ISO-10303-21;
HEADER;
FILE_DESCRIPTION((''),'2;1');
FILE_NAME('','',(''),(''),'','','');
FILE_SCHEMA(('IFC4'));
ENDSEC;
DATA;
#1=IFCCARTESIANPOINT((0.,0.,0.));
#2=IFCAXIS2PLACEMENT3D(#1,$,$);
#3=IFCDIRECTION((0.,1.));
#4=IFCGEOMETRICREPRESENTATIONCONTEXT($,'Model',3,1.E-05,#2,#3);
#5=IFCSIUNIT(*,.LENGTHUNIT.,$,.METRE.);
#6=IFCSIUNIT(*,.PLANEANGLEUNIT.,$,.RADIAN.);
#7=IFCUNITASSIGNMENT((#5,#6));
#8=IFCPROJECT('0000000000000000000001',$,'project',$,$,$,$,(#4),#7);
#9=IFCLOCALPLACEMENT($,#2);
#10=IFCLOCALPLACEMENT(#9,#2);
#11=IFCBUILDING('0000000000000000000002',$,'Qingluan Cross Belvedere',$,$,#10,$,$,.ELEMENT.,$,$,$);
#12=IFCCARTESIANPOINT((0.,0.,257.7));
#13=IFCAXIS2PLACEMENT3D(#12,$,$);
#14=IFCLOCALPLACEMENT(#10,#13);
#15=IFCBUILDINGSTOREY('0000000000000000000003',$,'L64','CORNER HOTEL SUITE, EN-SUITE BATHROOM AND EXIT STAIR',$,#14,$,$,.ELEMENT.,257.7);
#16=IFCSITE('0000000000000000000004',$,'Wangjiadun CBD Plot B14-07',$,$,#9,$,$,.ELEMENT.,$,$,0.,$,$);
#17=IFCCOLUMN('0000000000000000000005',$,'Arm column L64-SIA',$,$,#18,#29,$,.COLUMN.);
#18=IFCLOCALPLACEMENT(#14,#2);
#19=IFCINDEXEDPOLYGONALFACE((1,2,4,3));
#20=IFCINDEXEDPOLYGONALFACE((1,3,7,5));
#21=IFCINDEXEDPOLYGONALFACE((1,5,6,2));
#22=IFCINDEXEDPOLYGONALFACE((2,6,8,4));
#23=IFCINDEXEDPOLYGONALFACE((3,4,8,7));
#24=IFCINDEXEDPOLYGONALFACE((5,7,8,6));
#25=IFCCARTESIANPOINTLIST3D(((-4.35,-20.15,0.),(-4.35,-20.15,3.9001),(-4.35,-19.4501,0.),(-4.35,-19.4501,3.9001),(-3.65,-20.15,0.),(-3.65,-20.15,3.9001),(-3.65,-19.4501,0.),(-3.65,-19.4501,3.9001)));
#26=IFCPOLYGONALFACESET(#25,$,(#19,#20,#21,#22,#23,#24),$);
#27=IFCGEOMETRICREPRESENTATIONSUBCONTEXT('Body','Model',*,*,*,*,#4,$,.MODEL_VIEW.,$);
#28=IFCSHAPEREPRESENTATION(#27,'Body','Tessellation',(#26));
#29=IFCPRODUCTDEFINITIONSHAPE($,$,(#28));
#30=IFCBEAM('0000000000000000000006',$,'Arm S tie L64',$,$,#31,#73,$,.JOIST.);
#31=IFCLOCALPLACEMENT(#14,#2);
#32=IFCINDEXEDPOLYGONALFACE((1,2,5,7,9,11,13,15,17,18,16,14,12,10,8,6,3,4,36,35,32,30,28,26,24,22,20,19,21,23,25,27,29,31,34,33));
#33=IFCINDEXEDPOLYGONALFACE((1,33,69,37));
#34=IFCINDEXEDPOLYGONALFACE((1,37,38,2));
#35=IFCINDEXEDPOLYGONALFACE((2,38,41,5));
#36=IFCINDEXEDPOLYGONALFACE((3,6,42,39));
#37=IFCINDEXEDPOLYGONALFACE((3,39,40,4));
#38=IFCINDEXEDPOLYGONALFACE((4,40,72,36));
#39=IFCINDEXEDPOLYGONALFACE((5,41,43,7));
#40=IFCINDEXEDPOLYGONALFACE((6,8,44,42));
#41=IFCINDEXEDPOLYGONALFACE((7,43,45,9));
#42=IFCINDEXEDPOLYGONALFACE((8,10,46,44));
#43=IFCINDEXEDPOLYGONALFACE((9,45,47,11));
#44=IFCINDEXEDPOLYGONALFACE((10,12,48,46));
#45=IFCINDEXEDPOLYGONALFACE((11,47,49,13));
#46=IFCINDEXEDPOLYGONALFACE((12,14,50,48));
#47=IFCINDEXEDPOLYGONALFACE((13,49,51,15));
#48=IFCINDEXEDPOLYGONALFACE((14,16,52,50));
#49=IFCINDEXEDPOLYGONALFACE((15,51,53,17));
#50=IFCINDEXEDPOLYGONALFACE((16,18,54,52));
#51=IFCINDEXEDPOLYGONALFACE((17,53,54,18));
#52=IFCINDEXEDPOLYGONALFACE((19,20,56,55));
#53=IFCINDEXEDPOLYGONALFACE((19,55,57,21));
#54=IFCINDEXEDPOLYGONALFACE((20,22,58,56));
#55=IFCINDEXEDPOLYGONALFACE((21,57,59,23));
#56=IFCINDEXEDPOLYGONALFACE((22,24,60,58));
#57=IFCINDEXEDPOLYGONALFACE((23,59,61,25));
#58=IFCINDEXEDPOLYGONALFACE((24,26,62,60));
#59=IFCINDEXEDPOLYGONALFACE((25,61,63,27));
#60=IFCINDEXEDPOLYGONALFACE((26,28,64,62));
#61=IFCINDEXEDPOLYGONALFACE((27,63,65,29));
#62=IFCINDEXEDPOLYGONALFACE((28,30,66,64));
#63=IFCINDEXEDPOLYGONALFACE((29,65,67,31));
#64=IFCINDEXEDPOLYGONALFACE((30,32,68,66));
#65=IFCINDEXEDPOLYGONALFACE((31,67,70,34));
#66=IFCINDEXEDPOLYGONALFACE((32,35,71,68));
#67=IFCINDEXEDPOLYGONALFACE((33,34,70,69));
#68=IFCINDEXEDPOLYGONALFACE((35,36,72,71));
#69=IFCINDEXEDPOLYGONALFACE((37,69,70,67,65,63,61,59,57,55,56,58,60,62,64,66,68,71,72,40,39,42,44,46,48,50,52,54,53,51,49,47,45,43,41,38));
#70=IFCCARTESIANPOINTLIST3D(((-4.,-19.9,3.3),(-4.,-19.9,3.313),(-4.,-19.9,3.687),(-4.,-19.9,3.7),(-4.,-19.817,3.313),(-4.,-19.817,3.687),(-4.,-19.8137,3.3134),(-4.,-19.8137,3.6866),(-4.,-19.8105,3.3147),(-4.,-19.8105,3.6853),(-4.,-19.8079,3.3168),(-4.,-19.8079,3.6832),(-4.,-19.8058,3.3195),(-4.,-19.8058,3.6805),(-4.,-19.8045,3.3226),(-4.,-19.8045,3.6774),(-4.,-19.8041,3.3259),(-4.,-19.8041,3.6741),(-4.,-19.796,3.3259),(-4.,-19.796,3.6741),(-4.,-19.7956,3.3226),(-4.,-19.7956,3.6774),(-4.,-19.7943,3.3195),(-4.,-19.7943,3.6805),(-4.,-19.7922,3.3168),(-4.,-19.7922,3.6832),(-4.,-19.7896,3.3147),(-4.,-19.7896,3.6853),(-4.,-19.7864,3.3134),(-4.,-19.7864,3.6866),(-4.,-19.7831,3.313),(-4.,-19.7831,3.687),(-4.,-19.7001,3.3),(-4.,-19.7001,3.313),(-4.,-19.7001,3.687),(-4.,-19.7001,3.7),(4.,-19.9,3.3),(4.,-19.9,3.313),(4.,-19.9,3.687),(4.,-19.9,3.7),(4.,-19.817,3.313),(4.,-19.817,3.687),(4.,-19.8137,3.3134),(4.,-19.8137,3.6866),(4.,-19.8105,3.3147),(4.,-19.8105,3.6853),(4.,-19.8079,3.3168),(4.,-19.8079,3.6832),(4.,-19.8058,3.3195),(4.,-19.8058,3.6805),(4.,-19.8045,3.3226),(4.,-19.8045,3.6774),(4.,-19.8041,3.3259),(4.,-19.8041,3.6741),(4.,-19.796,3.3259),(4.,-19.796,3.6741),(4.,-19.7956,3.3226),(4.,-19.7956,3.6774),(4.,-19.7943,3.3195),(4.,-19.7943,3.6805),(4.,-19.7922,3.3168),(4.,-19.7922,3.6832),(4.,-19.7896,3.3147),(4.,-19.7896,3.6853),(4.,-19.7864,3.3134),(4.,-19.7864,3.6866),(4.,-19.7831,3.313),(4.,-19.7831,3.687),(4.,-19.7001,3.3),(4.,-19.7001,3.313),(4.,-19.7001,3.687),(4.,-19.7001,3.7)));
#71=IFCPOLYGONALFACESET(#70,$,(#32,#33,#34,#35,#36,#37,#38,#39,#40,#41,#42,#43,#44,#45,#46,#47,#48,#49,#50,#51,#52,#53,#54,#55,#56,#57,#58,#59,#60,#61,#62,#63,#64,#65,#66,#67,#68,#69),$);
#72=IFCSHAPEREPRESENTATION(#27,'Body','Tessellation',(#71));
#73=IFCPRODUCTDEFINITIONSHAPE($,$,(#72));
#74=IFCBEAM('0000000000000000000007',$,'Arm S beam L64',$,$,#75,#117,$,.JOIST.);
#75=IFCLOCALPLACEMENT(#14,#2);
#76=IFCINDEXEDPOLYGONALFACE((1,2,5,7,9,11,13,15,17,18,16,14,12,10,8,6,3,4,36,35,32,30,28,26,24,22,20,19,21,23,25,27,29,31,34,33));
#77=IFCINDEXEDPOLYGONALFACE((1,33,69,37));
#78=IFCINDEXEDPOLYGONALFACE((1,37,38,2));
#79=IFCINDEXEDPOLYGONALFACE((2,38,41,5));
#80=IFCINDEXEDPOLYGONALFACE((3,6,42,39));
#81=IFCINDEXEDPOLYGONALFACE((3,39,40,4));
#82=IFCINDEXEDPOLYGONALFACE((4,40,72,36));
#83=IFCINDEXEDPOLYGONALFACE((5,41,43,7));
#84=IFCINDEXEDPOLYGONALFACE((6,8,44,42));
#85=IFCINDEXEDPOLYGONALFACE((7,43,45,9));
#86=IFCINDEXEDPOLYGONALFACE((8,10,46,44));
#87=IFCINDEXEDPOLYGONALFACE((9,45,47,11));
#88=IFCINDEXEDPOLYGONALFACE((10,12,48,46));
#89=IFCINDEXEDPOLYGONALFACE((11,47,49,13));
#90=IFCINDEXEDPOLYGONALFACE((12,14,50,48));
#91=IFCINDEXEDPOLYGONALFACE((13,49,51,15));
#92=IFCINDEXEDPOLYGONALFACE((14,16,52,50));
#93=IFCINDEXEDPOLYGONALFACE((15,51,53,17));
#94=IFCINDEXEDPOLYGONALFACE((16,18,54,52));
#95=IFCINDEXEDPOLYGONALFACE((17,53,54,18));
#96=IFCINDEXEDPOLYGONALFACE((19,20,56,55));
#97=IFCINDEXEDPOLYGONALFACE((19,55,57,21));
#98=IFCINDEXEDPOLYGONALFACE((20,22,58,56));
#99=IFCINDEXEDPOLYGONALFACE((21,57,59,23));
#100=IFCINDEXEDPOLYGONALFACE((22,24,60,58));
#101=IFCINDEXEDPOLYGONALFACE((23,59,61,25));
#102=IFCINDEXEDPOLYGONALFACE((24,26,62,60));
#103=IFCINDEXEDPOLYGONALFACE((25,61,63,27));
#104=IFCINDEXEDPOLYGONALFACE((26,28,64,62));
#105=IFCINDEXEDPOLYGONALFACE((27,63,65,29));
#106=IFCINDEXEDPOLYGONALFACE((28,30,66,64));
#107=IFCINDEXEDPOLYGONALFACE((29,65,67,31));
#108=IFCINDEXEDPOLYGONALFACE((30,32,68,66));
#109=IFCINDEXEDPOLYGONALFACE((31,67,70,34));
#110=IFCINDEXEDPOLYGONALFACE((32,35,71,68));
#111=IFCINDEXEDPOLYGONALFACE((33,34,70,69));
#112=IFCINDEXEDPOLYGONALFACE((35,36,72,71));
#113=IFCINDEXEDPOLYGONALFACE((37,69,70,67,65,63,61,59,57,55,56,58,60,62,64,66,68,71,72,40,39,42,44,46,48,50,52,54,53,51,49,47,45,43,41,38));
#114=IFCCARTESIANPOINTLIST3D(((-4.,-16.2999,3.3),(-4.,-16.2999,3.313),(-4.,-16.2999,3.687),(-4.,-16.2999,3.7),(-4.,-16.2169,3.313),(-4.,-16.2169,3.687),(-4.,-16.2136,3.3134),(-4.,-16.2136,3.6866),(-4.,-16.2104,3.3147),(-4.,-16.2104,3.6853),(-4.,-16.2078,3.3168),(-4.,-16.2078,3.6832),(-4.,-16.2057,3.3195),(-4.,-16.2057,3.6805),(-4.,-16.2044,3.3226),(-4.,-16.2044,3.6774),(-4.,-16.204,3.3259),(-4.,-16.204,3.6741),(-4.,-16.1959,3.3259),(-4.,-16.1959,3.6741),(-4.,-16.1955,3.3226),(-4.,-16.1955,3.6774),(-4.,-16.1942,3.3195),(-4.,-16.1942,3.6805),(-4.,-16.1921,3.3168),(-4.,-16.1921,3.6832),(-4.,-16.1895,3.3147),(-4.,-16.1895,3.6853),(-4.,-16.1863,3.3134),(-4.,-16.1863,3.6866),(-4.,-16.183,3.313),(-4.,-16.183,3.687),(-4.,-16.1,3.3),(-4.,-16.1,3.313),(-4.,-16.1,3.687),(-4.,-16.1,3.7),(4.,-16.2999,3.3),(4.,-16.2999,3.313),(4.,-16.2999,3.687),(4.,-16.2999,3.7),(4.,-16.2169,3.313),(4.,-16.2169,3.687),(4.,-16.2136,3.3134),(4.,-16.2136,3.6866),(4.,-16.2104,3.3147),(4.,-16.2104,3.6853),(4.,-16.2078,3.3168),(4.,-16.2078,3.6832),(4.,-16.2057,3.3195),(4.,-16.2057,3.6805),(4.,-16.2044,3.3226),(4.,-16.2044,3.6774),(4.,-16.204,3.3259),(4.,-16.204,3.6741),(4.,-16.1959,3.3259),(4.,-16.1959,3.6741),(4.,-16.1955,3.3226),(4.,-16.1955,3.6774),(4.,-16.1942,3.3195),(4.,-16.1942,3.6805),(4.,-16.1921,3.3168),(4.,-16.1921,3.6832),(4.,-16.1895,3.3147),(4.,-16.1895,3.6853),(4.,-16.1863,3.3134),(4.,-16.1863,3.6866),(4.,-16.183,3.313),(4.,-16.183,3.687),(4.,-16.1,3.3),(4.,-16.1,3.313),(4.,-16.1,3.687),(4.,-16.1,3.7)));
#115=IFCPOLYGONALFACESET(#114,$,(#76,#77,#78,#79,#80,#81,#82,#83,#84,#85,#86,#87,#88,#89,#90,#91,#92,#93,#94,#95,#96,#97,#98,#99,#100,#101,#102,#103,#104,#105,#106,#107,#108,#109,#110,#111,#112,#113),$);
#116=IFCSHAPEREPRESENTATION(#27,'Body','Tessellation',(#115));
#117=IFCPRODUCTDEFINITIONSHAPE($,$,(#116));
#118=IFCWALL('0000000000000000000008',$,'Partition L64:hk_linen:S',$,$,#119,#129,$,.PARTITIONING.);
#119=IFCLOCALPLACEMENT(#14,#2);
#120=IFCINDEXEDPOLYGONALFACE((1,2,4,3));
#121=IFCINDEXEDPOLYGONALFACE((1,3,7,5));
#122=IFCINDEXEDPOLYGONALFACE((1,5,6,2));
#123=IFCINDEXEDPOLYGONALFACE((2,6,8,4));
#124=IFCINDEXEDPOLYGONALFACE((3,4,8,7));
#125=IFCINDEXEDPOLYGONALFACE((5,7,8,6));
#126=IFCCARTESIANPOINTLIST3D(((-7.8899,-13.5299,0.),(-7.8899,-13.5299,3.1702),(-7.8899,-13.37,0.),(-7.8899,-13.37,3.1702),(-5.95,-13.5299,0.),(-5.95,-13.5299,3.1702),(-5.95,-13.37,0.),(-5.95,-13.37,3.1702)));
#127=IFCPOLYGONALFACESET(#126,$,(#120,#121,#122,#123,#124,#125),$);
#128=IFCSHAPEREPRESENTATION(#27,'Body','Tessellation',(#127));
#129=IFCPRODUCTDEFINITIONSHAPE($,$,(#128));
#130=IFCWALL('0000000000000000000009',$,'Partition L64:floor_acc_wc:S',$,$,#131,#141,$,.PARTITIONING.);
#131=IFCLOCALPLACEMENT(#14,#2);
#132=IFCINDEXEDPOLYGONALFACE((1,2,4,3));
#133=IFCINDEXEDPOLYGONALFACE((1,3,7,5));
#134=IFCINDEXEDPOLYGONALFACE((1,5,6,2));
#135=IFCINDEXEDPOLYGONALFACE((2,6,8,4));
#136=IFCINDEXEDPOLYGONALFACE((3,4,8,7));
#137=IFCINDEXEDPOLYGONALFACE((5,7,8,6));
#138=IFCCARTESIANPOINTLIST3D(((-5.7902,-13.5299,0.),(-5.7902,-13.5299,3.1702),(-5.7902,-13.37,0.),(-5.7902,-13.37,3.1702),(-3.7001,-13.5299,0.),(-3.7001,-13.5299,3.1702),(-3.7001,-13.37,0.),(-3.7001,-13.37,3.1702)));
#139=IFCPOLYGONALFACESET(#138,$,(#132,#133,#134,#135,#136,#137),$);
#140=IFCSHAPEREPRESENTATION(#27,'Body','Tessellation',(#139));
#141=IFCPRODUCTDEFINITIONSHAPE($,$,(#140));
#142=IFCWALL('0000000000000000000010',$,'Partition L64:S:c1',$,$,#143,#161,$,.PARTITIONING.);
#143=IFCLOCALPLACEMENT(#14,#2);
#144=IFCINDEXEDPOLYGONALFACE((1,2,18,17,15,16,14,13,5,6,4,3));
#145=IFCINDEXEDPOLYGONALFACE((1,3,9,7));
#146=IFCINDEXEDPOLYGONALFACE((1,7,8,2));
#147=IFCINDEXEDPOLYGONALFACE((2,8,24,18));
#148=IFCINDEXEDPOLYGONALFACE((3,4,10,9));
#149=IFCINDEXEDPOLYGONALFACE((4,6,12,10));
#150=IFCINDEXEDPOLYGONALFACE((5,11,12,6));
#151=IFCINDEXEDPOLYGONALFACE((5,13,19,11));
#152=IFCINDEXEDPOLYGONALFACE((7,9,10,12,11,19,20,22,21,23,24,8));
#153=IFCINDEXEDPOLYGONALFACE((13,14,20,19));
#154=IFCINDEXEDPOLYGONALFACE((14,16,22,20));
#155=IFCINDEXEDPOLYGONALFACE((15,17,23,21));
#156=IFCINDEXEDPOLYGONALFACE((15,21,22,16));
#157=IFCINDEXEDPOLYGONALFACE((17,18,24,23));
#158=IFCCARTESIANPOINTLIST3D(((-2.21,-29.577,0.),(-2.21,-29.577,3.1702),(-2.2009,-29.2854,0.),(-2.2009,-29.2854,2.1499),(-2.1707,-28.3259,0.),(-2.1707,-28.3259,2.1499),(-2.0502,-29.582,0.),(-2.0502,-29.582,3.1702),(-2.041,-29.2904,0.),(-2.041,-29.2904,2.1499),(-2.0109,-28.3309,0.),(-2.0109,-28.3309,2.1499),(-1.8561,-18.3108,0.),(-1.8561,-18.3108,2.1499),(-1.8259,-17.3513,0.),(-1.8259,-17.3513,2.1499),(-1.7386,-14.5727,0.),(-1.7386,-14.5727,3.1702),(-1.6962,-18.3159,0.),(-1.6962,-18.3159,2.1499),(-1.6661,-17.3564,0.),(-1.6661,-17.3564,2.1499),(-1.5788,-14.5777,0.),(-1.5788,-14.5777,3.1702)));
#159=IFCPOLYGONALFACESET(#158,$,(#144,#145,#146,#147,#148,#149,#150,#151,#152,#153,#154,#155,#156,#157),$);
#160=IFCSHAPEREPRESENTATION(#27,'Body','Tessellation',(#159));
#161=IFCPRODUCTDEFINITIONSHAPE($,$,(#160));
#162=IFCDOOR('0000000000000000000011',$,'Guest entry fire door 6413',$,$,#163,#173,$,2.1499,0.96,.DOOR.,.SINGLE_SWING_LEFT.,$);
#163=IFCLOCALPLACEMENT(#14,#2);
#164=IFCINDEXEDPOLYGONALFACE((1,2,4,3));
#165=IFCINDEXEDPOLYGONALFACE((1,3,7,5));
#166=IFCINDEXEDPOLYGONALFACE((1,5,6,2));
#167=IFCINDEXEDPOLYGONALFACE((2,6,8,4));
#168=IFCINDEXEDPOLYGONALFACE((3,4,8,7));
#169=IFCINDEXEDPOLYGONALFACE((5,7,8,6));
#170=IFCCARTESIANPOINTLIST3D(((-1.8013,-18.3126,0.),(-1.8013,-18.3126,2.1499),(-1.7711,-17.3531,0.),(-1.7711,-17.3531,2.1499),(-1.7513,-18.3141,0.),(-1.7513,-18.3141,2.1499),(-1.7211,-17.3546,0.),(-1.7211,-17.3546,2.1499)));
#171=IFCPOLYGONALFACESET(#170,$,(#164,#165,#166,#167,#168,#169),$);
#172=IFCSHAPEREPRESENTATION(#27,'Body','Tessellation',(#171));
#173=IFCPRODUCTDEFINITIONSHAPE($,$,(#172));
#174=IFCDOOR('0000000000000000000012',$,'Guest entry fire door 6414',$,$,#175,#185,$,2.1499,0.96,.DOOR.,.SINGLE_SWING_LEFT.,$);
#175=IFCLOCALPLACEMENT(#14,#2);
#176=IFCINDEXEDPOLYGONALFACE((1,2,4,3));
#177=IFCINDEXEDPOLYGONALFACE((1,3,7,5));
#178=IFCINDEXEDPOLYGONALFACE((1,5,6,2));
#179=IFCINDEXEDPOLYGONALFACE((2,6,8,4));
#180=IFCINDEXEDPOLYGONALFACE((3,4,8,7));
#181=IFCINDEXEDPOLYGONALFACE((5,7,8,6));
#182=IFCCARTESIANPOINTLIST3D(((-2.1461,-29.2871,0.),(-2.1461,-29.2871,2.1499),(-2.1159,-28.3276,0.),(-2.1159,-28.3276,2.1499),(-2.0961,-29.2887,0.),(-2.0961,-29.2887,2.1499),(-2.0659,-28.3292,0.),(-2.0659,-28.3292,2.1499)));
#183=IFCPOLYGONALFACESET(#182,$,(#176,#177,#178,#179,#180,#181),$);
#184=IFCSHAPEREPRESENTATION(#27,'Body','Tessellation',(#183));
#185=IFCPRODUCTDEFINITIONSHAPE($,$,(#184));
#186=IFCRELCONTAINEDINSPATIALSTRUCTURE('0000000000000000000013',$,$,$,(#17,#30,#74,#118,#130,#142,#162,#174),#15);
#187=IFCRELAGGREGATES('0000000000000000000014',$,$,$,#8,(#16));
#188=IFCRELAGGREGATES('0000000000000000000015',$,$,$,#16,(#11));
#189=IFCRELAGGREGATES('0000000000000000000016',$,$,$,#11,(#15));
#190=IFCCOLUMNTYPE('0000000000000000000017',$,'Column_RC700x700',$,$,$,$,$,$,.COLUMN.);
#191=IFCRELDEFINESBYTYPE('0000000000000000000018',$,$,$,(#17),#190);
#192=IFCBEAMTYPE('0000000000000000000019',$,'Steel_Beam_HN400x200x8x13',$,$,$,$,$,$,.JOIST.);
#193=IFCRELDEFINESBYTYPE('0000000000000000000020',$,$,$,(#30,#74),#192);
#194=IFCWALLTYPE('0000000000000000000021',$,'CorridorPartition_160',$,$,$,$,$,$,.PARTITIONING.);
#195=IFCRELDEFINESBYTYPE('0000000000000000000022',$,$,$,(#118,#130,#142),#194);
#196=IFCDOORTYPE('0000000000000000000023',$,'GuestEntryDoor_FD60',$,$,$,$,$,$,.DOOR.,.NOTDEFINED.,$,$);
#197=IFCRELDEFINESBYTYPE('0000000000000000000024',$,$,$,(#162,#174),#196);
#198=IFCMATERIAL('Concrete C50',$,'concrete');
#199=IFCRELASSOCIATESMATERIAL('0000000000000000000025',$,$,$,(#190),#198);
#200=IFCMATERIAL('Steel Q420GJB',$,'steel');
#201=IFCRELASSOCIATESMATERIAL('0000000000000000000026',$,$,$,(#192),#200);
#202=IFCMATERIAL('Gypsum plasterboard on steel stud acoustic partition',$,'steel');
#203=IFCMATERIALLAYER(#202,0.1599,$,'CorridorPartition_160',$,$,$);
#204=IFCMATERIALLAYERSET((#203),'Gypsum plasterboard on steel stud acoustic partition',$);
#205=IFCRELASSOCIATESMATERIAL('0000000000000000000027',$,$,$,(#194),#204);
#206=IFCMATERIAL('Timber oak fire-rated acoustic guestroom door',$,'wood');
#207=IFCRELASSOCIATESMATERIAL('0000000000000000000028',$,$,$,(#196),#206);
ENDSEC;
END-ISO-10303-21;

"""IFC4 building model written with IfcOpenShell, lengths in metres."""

from ifc_helpers import new_model, si_unit, direction, frame, frame_2d, origin, origin_2d, place, context, subcontext, project, spatial, rectangle, i_section, extrude, material, layer, layer_set, material_profile, profile_set, type_object, element, fill, save


model = new_model("IFC4")

# Units and contexts
model_context = context("Model", 3, precision=1e-05, world=origin(), true_north=direction((0.0, 1.0)))
body_context = subcontext(model_context, "Body", "Model", "MODEL_VIEW")
ifc_project = project(units=[si_unit("LENGTHUNIT", "METRE"), si_unit("PLANEANGLEUNIT", "RADIAN")], contexts=[model_context])

# Site, building, storey
site_placement = place(None, origin())
site = spatial("IfcSite", under=ifc_project, at=site_placement, Name="Wangjiadun CBD Plot B14-07", CompositionType="ELEMENT", RefElevation=0.0)
building_placement = place(site_placement, origin())
building = spatial("IfcBuilding", under=site, at=building_placement, Name="Qingluan Cross Belvedere", CompositionType="ELEMENT")
storey_placement = place(building_placement, frame((0.0, 0.0, 257.7)))
storey = spatial("IfcBuildingStorey", under=building, at=storey_placement, Name="L64", Description="CORNER HOTEL SUITE, EN-SUITE BATHROOM AND EXIT STAIR", CompositionType="ELEMENT", Elevation=257.7)

# Column
ifc_material_1 = material(Name="Concrete C50", Category="concrete")
ifc_material_profile_1 = material_profile(ifc_material_1, rectangle(XDim=0.7, YDim=0.7, at=origin_2d()), Name="RC700x700")
ifc_profile_set_1 = profile_set([ifc_material_profile_1], Name="Concrete C50")
column_type = type_object("IfcColumnType", Name="Column_RC700x700", PredefinedType="COLUMN", material=ifc_profile_set_1)
column_placement = place(storey_placement, frame((-4.0, -19.8, 0.0), z_axis=(0.0, 0.0, 1.0), x_axis=(1.0, 0.0, 0.0)))
element("IfcColumn", 1, at=column_placement, inside=storey, type_object=column_type, Name="Arm column L64-SIA", PredefinedType="COLUMN", context=body_context, shape_type="SweptSolid", body=[
    extrude(rectangle(XDim=0.7, YDim=0.7, at=origin_2d()), origin(), (0.0, 0.0, 1.0), 3.9001),
])

# Beams
ifc_material_2 = material(Name="Steel Q420GJB", Category="steel")
ifc_material_profile_2 = material_profile(ifc_material_2, i_section(OverallWidth=0.2, OverallDepth=0.3999, WebThickness=0.0081, FlangeThickness=0.0129, FilletRadius=0.0129, at=origin_2d()), Name="HN400x200x8x13")
ifc_profile_set_2 = profile_set([ifc_material_profile_2], Name="Steel Q420GJB")
beam_type = type_object("IfcBeamType", Name="Steel_Beam_HN400x200x8x13", PredefinedType="JOIST", material=ifc_profile_set_2)
for number, where, z_axis, x_axis, name in (
    (2, (-4.0, -19.8, 3.5), (1.0, 0.0, 0.0), (0.0, 1.0, 0.0), "Arm S tie L64"),
    (3, (-4.0, -16.2, 3.5), (1.0, 0.0, 0.0), (0.0, 1.0, 0.0), "Arm S beam L64"),
):
    element("IfcBeam", number, at=place(storey_placement, frame(where, z_axis=z_axis, x_axis=x_axis)), inside=storey, type_object=beam_type, Name=name, PredefinedType="JOIST", context=body_context, shape_type="SweptSolid", body=[
        extrude(i_section(OverallWidth=0.2, OverallDepth=0.3999, WebThickness=0.0081, FlangeThickness=0.0129, FilletRadius=0.0129, at=origin_2d()), origin(), (0.0, 0.0, 1.0), 8.0),
    ])

# Walls
ifc_material_3 = material(Name="Gypsum plasterboard on steel stud acoustic partition", Category="steel")
ifc_layer_1 = layer(ifc_material_3, 0.1599, Name="CorridorPartition_160")
ifc_layer_set_1 = layer_set([ifc_layer_1], Name="Gypsum plasterboard on steel stud acoustic partition")
wall_type_1 = type_object("IfcWallType", Name="CorridorPartition_160", PredefinedType="PARTITIONING", material=ifc_layer_set_1)
wall_1_placement = place(storey_placement, frame((-7.8899, -13.45, 0.0), z_axis=(0.0, 0.0, 1.0), x_axis=(1.0, 0.0, 0.0)))
element("IfcWall", 4, at=wall_1_placement, inside=storey, type_object=wall_type_1, Name="Partition L64:hk_linen:S", PredefinedType="PARTITIONING", context=body_context, shape_type="SweptSolid", body=[
    extrude(rectangle(XDim=1.9399, YDim=0.1599, at=frame_2d((0.97, 0.0))), origin(), (0.0, 0.0, 1.0), 3.1702),
])
wall_2_placement = place(storey_placement, frame((-5.79, -13.45, 0.0), z_axis=(0.0, 0.0, 1.0), x_axis=(1.0, 0.0, 0.0)))
element("IfcWall", 5, at=wall_2_placement, inside=storey, type_object=wall_type_1, Name="Partition L64:floor_acc_wc:S", PredefinedType="PARTITIONING", context=body_context, shape_type="SweptSolid", body=[
    extrude(rectangle(XDim=2.0901, YDim=0.1599, at=frame_2d((1.0449, 0.0))), origin(), (0.0, 0.0, 1.0), 3.1702),
])

# Wall, openings, doors
wall_3_placement = place(storey_placement, frame((-1.6587, -14.5752, 0.0), z_axis=(0.0, 0.0, 1.0), x_axis=(-0.031404, -0.999507, 0.0)))
wall_3 = element("IfcWall", 6, at=wall_3_placement, inside=storey, type_object=wall_type_1, Name="Partition L64:S:c1", PredefinedType="PARTITIONING", context=body_context, shape_type="SweptSolid", body=[
    extrude(rectangle(XDim=15.0117, YDim=0.1599, at=frame_2d((7.5059, 0.0))), origin(), (0.0, 0.0, 1.0), 3.1702),
])
opening_1_placement = place(wall_3_placement, frame((2.78, 0.0, 0.0)))
opening_1 = element("IfcOpeningElement", 7, at=opening_1_placement, cuts=wall_3, PredefinedType="OPENING", context=body_context, shape_type="SweptSolid", body=[
    extrude(rectangle(XDim=0.96, YDim=2.1499, at=frame_2d((0.48, 1.075))), frame((0.0, 0.0898, 0.0), z_axis=(0.0, -1.0, 0.0), x_axis=(1.0, 0.0, 0.0)), (0.0, 0.0, 1.0), 0.1799),
])
opening_2_placement = place(wall_3_placement, frame((13.76, 0.0, 0.0)))
opening_2 = element("IfcOpeningElement", 8, at=opening_2_placement, cuts=wall_3, PredefinedType="OPENING", context=body_context, shape_type="SweptSolid", body=[
    extrude(rectangle(XDim=0.96, YDim=2.1499, at=frame_2d((0.48, 1.075))), frame((0.0, 0.0898, 0.0), z_axis=(0.0, -1.0, 0.0), x_axis=(1.0, 0.0, 0.0)), (0.0, 0.0, 1.0), 0.1799),
])
ifc_material_4 = material(Name="Timber oak fire-rated acoustic guestroom door", Category="wood")
door_type_1 = type_object("IfcDoorType", Name="GuestEntryDoor_FD60", OperationType="NOTDEFINED", PredefinedType="DOOR", material=ifc_material_4)
door_1_placement = place(opening_1_placement, origin())
door_1 = element("IfcDoor", 9, at=door_1_placement, inside=storey, type_object=door_type_1, Name="Guest entry fire door 6413", OperationType="SINGLE_SWING_LEFT", OverallHeight=2.1499, OverallWidth=0.96, PredefinedType="DOOR", context=body_context, shape_type="SweptSolid", body=[
    extrude(rectangle(XDim=0.96, YDim=2.1499, at=frame_2d((0.48, 1.075))), frame((0.0, 0.0249, 0.0), z_axis=(0.0, -1.0, 0.0), x_axis=(1.0, 0.0, 0.0)), (0.0, 0.0, 1.0), 0.05),
])
fill(opening_1, door_1)
door_2_placement = place(opening_2_placement, origin())
door_2 = element("IfcDoor", 10, at=door_2_placement, inside=storey, type_object=door_type_1, Name="Guest entry fire door 6414", OperationType="SINGLE_SWING_LEFT", OverallHeight=2.1499, OverallWidth=0.96, PredefinedType="DOOR", context=body_context, shape_type="SweptSolid", body=[
    extrude(rectangle(XDim=0.96, YDim=2.1499, at=frame_2d((0.48, 1.075))), frame((0.0, 0.0249, 0.0), z_axis=(0.0, -1.0, 0.0), x_axis=(1.0, 0.0, 0.0)), (0.0, 0.0, 1.0), 0.05),
])
fill(opening_2, door_2)

save(model, "model.ifc")
